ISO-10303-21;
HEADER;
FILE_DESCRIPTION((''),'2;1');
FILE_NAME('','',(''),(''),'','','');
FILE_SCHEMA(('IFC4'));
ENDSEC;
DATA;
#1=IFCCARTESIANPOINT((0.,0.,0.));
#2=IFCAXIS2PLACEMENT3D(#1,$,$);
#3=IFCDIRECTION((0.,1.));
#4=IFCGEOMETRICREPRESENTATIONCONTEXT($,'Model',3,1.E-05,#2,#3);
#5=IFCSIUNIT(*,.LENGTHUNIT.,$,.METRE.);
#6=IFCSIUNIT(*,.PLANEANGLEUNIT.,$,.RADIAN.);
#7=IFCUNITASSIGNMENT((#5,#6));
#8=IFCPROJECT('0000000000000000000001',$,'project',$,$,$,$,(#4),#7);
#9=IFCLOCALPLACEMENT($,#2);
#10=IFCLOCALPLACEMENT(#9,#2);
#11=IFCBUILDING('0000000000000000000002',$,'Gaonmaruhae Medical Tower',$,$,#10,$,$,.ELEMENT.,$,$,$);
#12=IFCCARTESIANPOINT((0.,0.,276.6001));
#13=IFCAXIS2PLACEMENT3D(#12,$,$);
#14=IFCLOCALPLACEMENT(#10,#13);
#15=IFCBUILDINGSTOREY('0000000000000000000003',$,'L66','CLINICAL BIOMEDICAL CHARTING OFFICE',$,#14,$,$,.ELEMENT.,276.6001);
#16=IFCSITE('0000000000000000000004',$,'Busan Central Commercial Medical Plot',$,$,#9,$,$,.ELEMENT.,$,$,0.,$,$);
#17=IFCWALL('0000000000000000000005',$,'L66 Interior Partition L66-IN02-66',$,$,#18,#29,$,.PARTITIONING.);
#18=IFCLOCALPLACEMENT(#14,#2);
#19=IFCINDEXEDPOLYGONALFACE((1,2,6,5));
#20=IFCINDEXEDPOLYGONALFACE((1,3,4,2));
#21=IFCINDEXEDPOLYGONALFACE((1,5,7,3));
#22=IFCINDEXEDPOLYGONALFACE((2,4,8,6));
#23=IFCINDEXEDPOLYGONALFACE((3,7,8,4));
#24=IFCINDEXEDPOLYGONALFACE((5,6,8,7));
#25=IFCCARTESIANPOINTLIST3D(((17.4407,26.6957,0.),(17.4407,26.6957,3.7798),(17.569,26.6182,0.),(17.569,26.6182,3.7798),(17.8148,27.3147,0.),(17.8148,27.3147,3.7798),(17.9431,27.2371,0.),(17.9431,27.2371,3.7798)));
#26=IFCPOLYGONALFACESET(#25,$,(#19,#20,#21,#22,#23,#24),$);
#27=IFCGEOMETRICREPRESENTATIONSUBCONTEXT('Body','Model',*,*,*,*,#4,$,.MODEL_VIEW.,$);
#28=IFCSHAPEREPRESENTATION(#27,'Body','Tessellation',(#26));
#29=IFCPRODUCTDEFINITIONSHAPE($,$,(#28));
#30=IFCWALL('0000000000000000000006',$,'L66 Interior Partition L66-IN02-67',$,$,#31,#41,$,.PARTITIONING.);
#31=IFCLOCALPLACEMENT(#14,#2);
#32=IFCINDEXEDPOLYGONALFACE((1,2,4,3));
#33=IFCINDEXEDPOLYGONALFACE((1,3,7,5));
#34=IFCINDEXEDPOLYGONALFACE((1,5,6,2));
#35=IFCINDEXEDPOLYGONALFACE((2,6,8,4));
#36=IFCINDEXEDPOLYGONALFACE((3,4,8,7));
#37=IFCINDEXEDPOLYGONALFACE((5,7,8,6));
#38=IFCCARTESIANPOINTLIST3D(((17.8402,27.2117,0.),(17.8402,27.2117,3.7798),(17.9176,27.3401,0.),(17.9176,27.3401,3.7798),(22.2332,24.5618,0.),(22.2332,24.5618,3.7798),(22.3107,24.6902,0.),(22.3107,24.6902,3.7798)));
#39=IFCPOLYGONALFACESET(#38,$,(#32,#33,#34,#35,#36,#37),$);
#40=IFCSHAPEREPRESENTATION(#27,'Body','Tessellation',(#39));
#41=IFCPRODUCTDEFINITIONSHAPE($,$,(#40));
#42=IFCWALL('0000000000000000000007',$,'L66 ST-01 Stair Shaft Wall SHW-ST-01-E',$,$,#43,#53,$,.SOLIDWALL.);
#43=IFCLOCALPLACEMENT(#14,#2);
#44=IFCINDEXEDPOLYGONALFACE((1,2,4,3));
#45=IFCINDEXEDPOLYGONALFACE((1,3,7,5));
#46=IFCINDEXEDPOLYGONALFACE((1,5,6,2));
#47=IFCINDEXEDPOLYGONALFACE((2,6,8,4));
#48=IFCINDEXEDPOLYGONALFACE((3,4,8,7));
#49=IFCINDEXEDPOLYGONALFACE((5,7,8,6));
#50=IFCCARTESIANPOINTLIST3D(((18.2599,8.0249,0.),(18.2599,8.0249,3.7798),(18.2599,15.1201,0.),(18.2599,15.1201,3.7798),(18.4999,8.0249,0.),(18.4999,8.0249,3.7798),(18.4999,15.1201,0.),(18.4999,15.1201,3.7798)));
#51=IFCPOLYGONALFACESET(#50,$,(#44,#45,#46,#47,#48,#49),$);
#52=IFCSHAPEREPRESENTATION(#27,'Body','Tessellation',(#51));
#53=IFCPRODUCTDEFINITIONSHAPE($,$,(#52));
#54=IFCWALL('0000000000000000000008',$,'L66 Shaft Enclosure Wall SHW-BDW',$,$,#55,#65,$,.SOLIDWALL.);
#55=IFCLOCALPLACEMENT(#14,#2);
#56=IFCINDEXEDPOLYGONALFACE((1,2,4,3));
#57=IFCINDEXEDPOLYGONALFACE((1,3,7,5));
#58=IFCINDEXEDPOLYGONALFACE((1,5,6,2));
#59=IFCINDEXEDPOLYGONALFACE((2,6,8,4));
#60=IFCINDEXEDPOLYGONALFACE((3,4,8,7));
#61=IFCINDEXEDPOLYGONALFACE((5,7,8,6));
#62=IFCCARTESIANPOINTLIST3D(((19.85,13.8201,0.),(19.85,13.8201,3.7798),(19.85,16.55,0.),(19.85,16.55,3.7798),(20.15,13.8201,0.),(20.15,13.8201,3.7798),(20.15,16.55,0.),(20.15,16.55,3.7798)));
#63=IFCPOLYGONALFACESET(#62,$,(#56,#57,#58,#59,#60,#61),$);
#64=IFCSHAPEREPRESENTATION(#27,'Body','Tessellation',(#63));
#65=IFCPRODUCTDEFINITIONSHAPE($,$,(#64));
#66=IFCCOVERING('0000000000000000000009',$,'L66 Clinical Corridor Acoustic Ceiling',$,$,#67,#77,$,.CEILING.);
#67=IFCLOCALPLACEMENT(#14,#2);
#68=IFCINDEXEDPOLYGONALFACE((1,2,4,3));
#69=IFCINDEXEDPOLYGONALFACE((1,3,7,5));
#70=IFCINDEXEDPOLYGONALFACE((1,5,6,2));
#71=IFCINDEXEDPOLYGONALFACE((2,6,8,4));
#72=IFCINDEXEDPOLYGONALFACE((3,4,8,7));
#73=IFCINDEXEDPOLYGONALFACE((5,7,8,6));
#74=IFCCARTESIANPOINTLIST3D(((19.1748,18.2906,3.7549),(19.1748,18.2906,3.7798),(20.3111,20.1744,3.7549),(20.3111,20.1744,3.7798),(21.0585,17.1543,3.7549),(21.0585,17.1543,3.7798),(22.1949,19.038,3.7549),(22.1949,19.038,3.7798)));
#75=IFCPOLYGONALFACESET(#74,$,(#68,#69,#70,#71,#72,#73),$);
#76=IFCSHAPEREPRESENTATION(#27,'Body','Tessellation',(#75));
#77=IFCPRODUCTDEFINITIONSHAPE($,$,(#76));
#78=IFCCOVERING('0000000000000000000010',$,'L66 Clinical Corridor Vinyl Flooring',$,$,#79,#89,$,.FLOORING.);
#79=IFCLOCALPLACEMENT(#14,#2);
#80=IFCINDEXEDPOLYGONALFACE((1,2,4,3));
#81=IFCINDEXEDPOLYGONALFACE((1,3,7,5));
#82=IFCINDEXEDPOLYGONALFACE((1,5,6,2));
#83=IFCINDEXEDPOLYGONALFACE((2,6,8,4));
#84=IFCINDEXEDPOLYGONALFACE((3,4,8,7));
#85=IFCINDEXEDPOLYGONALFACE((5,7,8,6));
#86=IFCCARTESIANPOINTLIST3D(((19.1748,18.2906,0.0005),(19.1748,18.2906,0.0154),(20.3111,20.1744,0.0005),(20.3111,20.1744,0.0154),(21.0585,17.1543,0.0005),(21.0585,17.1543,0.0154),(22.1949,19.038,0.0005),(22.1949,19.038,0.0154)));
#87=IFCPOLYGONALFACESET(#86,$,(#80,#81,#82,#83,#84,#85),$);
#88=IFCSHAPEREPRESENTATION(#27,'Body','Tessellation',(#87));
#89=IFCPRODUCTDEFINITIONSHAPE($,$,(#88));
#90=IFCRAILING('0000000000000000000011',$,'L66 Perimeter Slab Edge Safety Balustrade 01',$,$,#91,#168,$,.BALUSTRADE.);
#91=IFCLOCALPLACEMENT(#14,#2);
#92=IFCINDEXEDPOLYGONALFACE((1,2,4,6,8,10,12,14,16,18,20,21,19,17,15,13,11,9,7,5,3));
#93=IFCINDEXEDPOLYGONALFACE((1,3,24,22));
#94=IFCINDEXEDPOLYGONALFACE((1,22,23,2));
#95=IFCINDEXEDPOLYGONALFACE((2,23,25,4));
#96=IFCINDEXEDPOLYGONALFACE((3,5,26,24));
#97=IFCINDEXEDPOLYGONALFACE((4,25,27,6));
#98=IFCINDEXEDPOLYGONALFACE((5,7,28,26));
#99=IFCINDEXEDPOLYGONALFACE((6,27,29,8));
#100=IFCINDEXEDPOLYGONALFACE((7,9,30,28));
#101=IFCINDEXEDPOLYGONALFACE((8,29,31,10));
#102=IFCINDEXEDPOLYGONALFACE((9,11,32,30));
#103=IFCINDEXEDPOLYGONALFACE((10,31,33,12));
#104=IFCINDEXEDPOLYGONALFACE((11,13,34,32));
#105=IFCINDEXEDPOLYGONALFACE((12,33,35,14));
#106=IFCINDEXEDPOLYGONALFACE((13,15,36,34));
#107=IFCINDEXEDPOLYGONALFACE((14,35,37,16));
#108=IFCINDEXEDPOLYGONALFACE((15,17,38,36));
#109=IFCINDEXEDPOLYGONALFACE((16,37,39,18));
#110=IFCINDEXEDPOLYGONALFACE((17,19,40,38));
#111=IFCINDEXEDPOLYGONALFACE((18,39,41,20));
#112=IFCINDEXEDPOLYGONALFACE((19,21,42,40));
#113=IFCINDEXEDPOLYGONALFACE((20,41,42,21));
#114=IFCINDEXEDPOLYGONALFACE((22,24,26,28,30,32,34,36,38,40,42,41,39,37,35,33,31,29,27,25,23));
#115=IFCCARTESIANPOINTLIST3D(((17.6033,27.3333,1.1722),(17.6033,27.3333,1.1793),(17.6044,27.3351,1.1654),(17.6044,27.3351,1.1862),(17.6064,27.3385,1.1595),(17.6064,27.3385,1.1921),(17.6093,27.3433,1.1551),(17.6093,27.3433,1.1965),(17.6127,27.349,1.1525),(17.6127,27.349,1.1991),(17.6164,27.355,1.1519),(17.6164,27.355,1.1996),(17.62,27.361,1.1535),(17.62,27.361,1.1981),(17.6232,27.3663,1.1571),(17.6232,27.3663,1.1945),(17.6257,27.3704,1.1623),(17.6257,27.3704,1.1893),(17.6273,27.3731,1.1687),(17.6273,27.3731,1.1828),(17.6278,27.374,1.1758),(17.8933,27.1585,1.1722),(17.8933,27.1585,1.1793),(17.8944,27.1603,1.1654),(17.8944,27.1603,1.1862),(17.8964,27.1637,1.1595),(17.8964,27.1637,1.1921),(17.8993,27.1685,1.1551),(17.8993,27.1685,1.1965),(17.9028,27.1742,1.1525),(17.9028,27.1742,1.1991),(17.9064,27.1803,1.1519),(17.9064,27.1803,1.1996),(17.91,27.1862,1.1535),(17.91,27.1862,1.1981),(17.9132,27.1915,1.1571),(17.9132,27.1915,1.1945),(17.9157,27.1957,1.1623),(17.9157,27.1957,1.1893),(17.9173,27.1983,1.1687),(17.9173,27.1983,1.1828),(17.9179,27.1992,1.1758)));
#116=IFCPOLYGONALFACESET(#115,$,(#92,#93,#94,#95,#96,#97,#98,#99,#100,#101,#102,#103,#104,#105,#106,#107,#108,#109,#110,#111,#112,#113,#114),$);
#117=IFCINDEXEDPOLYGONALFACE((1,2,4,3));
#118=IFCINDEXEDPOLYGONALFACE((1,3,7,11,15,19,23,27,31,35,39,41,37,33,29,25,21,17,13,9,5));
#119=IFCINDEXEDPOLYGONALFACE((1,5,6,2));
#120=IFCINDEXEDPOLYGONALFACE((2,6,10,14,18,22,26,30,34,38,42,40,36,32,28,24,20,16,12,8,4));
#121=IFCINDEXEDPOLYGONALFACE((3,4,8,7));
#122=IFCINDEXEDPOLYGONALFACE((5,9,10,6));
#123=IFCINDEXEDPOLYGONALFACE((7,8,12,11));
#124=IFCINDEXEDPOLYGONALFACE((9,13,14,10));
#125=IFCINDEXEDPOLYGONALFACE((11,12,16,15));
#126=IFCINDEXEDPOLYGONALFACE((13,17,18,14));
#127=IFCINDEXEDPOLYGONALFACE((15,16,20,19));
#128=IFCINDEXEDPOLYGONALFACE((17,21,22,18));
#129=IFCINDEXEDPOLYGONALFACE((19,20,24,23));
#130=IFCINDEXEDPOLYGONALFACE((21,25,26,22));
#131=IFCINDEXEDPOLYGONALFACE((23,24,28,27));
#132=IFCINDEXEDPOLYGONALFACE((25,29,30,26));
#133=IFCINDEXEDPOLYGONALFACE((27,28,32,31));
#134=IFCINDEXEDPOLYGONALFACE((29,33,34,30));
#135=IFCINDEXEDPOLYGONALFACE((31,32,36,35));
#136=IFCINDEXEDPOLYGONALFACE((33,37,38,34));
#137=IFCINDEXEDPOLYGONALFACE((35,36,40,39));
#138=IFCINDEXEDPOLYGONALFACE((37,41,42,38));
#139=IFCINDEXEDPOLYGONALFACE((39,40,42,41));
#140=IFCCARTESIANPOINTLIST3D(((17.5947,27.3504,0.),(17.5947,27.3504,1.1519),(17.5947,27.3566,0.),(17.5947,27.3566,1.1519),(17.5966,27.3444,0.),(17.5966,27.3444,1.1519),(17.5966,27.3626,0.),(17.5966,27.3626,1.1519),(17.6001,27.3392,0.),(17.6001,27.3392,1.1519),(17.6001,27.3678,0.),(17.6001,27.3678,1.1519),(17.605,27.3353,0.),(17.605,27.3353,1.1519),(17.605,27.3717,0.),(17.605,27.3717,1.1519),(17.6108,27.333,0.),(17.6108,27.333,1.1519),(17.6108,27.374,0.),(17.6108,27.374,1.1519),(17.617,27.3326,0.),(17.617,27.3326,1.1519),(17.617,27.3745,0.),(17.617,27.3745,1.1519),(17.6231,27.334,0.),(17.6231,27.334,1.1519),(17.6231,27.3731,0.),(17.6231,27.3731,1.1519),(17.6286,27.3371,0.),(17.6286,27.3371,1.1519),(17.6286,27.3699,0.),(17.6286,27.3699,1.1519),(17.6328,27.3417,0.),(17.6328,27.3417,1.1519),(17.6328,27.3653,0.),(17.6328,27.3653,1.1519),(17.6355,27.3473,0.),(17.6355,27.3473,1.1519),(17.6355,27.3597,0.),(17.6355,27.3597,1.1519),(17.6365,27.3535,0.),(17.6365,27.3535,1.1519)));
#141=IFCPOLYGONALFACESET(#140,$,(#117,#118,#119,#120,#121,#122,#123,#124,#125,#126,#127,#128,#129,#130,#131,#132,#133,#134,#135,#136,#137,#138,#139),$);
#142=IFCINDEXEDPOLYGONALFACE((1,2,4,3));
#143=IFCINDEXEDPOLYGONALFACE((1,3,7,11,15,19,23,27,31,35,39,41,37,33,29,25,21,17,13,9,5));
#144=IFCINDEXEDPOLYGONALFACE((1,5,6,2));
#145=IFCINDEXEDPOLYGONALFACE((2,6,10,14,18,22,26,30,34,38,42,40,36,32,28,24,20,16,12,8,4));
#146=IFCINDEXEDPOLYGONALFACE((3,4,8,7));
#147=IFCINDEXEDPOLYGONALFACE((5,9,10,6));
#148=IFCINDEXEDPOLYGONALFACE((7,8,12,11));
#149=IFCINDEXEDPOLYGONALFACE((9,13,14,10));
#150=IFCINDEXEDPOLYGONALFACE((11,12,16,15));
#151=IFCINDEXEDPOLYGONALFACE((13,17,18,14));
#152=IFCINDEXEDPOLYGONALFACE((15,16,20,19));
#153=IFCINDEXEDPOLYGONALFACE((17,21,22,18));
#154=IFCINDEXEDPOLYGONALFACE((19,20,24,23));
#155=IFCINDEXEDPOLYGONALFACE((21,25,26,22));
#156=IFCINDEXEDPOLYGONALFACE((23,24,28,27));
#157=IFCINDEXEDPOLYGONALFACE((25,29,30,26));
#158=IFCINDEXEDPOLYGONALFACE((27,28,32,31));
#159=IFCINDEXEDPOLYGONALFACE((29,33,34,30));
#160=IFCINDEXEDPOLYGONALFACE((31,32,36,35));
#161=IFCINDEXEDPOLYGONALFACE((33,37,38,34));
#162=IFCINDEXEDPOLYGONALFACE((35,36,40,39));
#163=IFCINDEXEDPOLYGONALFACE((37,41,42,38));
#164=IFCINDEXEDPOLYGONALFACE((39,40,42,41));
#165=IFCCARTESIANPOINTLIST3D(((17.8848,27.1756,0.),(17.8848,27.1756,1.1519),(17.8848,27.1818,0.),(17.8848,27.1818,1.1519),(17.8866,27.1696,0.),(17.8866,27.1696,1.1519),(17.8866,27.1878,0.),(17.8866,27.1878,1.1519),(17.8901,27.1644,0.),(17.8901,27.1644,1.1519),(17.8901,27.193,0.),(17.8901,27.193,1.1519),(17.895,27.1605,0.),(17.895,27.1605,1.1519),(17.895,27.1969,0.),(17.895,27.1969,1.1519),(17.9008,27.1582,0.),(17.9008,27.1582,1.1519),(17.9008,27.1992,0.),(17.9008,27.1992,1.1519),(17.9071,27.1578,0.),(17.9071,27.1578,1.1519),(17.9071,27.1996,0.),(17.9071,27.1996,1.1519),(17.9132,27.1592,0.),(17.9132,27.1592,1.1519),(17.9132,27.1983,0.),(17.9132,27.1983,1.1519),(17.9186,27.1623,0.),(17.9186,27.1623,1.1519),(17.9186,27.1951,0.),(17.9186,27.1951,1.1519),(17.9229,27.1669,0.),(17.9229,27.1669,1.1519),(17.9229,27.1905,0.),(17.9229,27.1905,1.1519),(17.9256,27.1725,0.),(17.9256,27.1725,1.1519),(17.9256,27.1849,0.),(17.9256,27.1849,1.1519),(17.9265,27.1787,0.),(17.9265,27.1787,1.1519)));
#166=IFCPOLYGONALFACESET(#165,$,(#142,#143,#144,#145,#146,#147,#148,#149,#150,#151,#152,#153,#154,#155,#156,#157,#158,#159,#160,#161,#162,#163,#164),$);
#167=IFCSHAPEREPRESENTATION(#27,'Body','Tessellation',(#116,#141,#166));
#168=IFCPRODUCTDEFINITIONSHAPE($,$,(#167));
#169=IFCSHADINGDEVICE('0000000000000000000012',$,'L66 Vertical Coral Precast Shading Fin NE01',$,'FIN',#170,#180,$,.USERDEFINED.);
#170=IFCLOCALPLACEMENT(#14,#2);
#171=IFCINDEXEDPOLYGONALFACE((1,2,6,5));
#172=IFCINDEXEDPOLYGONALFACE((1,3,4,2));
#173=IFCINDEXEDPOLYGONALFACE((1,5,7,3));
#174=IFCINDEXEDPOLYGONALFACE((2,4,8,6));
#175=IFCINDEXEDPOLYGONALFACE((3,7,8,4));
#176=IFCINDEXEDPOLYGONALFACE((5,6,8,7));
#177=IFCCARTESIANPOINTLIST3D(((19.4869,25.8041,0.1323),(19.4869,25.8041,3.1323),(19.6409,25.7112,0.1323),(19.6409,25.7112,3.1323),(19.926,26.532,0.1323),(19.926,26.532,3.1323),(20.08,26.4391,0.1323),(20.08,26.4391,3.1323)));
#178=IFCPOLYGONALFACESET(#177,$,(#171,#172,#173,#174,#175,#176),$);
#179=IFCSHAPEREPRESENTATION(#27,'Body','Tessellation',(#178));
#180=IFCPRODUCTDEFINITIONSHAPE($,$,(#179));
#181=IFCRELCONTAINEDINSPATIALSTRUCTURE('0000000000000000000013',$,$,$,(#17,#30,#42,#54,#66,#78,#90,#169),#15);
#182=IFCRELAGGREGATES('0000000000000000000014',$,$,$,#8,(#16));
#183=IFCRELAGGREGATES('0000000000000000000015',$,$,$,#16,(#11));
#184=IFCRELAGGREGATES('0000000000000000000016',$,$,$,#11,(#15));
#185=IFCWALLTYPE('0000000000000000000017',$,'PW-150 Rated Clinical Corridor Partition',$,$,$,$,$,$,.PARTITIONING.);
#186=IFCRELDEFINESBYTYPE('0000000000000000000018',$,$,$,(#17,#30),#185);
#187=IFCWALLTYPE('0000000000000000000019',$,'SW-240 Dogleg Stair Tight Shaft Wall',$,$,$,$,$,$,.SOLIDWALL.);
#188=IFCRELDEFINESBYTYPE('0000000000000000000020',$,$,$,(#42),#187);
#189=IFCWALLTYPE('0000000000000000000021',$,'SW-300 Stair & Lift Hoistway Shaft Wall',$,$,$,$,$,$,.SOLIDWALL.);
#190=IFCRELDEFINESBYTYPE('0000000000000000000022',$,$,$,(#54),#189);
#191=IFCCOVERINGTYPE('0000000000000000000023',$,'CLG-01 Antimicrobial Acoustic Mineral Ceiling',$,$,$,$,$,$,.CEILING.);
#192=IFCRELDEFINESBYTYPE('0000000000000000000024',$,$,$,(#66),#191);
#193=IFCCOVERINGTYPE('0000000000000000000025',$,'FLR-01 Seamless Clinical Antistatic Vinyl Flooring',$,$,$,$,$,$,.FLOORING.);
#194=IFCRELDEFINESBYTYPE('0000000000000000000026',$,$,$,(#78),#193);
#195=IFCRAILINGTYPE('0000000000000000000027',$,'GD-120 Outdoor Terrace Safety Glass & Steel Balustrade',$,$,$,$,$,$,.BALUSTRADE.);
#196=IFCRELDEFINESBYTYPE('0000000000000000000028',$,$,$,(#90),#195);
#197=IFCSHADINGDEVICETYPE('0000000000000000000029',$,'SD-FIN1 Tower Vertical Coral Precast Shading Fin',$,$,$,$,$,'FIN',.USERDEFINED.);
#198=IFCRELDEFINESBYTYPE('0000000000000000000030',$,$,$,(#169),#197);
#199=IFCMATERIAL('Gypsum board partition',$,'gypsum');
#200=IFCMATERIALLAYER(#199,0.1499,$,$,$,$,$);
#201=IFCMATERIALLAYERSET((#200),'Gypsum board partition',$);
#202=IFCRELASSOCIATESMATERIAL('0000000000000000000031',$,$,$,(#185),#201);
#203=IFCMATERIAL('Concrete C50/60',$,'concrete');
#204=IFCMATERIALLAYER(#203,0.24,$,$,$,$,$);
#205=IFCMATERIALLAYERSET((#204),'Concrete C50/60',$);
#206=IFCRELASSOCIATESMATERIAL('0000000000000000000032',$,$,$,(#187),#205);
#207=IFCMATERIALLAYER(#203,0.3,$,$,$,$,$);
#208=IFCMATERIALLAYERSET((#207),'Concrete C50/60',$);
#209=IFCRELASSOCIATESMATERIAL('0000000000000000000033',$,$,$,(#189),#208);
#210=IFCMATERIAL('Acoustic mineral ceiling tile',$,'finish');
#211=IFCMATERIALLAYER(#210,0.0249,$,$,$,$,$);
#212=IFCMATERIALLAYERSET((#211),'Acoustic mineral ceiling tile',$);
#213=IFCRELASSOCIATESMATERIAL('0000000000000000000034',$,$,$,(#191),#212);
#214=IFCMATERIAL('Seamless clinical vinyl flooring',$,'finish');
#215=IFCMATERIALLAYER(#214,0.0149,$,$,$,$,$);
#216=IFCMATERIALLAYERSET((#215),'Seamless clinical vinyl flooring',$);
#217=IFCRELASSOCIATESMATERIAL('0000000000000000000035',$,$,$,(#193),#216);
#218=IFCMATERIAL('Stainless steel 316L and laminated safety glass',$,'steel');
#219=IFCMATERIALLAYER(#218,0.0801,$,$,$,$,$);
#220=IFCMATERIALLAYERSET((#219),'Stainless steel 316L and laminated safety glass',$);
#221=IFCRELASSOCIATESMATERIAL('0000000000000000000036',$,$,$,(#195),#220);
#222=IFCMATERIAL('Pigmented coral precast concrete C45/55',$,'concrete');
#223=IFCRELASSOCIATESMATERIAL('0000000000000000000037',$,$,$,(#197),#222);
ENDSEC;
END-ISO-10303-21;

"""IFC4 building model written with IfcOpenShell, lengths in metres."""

from ifc_helpers import new_model, si_unit, direction, frame, frame_2d, origin, origin_2d, place, context, subcontext, project, spatial, rectangle, circle, extrude, material, layer, layer_set, type_object, element, save


model = new_model("IFC4")

# Units and contexts
model_context = context("Model", 3, precision=1e-05, world=origin(), true_north=direction((0.0, 1.0)))
body_context = subcontext(model_context, "Body", "Model", "MODEL_VIEW")
ifc_project = project(units=[si_unit("LENGTHUNIT", "METRE"), si_unit("PLANEANGLEUNIT", "RADIAN")], contexts=[model_context])

# Site, building, storey
site_placement = place(None, origin())
site = spatial("IfcSite", under=ifc_project, at=site_placement, Name="Busan Central Commercial Medical Plot", CompositionType="ELEMENT", RefElevation=0.0)
building_placement = place(site_placement, origin())
building = spatial("IfcBuilding", under=site, at=building_placement, Name="Gaonmaruhae Medical Tower", CompositionType="ELEMENT")
storey_placement = place(building_placement, frame((0.0, 0.0, 276.6001)))
storey = spatial("IfcBuildingStorey", under=building, at=storey_placement, Name="L66", Description="CLINICAL BIOMEDICAL CHARTING OFFICE", CompositionType="ELEMENT", Elevation=276.6001)

# Shared definitions
ifc_material_1 = material(Name="Concrete C50/60", Category="concrete")

# Shared definitions
ifc_material_2 = material(Name="Gypsum board partition", Category="gypsum")
ifc_layer_1 = layer(ifc_material_2, 0.1499)
ifc_layer_set_1 = layer_set([ifc_layer_1], Name="Gypsum board partition")
wall_type_1 = type_object("IfcWallType", Name="PW-150 Rated Clinical Corridor Partition", PredefinedType="PARTITIONING", material=ifc_layer_set_1)

# Walls
wall_1_placement = place(storey_placement, frame((17.5049, 26.657, 0.0), z_axis=(0.0, 0.0, 1.0), x_axis=(0.517224, 0.85585, 0.0)))
element("IfcWall", 1, at=wall_1_placement, inside=storey, type_object=wall_type_1, Name="L66 Interior Partition L66-IN02-66", PredefinedType="PARTITIONING", context=body_context, shape_type="SweptSolid", body=[
    extrude(rectangle(XDim=0.7231, YDim=0.1499, at=frame_2d((0.3616, 0.0))), origin(), (0.0, 0.0, 1.0), 3.7798),
])
wall_2_placement = place(storey_placement, frame((17.8789, 27.2759, 0.0), z_axis=(0.0, 0.0, 1.0), x_axis=(0.856281, -0.51651, 0.0)))
element("IfcWall", 2, at=wall_2_placement, inside=storey, type_object=wall_type_1, Name="L66 Interior Partition L66-IN02-67", PredefinedType="PARTITIONING", context=body_context, shape_type="SweptSolid", body=[
    extrude(rectangle(XDim=5.1304, YDim=0.1499, at=frame_2d((2.5652, 0.0))), origin(), (0.0, 0.0, 1.0), 3.7798),
])
ifc_layer_2 = layer(ifc_material_1, 0.24)
ifc_layer_set_2 = layer_set([ifc_layer_2], Name="Concrete C50/60")
wall_type_2 = type_object("IfcWallType", Name="SW-240 Dogleg Stair Tight Shaft Wall", PredefinedType="SOLIDWALL", material=ifc_layer_set_2)
wall_3_placement = place(storey_placement, frame((18.3799, 15.1201, 0.0), z_axis=(0.0, 0.0, 1.0), x_axis=(0.0, -1.0, 0.0)))
element("IfcWall", 3, at=wall_3_placement, inside=storey, type_object=wall_type_2, Name="L66 ST-01 Stair Shaft Wall SHW-ST-01-E", PredefinedType="SOLIDWALL", context=body_context, shape_type="SweptSolid", body=[
    extrude(rectangle(XDim=7.0952, YDim=0.24, at=frame_2d((3.5476, 0.0))), origin(), (0.0, 0.0, 1.0), 3.7798),
])

# Shared definitions
ifc_layer_3 = layer(ifc_material_1, 0.3)
ifc_layer_set_3 = layer_set([ifc_layer_3], Name="Concrete C50/60")
wall_type_3 = type_object("IfcWallType", Name="SW-300 Stair & Lift Hoistway Shaft Wall", PredefinedType="SOLIDWALL", material=ifc_layer_set_3)

# Wall
wall_4_placement = place(storey_placement, frame((20.0, 13.8201, 0.0), z_axis=(0.0, 0.0, 1.0), x_axis=(0.0, 1.0, 0.0)))
element("IfcWall", 4, at=wall_4_placement, inside=storey, type_object=wall_type_3, Name="L66 Shaft Enclosure Wall SHW-BDW", PredefinedType="SOLIDWALL", context=body_context, shape_type="SweptSolid", body=[
    extrude(rectangle(XDim=2.73, YDim=0.3, at=frame_2d((1.365, 0.0))), origin(), (0.0, 0.0, 1.0), 3.7798),
])

# Coverings
ifc_material_3 = material(Name="Acoustic mineral ceiling tile", Category="finish")
ifc_layer_4 = layer(ifc_material_3, 0.0249)
ifc_layer_set_4 = layer_set([ifc_layer_4], Name="Acoustic mineral ceiling tile")
covering_type_1 = type_object("IfcCoveringType", Name="CLG-01 Antimicrobial Acoustic Mineral Ceiling", PredefinedType="CEILING", material=ifc_layer_set_4)
covering_1_placement = place(storey_placement, frame((20.6848, 18.6643, 3.7549), z_axis=(0.0, 0.0, 1.0), x_axis=(0.516533, 0.856267, 0.0)))
element("IfcCovering", 5, at=covering_1_placement, inside=storey, type_object=covering_type_1, Name="L66 Clinical Corridor Acoustic Ceiling", PredefinedType="CEILING", context=body_context, shape_type="SweptSolid", body=[
    extrude(rectangle(XDim=2.2, YDim=2.2, at=origin_2d()), origin(), (0.0, 0.0, 1.0), 0.0249),
])
ifc_material_4 = material(Name="Seamless clinical vinyl flooring", Category="finish")
ifc_layer_5 = layer(ifc_material_4, 0.0149)
ifc_layer_set_5 = layer_set([ifc_layer_5], Name="Seamless clinical vinyl flooring")
covering_type_2 = type_object("IfcCoveringType", Name="FLR-01 Seamless Clinical Antistatic Vinyl Flooring", PredefinedType="FLOORING", material=ifc_layer_set_5)
covering_2_placement = place(storey_placement, frame((20.6848, 18.6643, 0.0005), z_axis=(0.0, 0.0, 1.0), x_axis=(0.516533, 0.856267, 0.0)))
element("IfcCovering", 6, at=covering_2_placement, inside=storey, type_object=covering_type_2, Name="L66 Clinical Corridor Vinyl Flooring", PredefinedType="FLOORING", context=body_context, shape_type="SweptSolid", body=[
    extrude(rectangle(XDim=2.2, YDim=2.2, at=origin_2d()), origin(), (0.0, 0.0, 1.0), 0.0149),
])

# Railing
ifc_material_5 = material(Name="Stainless steel 316L and laminated safety glass", Category="steel")
ifc_layer_6 = layer(ifc_material_5, 0.0801)
ifc_layer_set_6 = layer_set([ifc_layer_6], Name="Stainless steel 316L and laminated safety glass")
railing_type_1 = type_object("IfcRailingType", Name="GD-120 Outdoor Terrace Safety Glass & Steel Balustrade", PredefinedType="BALUSTRADE", material=ifc_layer_set_6)
railing_1_placement = place(storey_placement, frame((17.6155, 27.3535, 0.0)))
element("IfcRailing", 7, at=railing_1_placement, inside=storey, type_object=railing_type_1, Name="L66 Perimeter Slab Edge Safety Balustrade 01", PredefinedType="BALUSTRADE", context=body_context, shape_type="SweptSolid", body=[
    extrude(circle(Radius=0.0239, at=origin_2d()), frame((0.0, 0.0, 1.1758), z_axis=(0.856473, -0.516191, 0.0), x_axis=(0.516191, 0.856473, 0.0)), (0.0, 0.0, 1.0), 0.3386),
    extrude(circle(Radius=0.021, at=origin_2d()), origin(), (0.0, 0.0, 1.0), 1.1519),
    extrude(circle(Radius=0.021, at=origin_2d()), frame((0.29, -0.1748, 0.0)), (0.0, 0.0, 1.0), 1.1519),
])

# Shading device
ifc_material_6 = material(Name="Pigmented coral precast concrete C45/55", Category="concrete")
shading_device_type = type_object("IfcShadingDeviceType", Name="SD-FIN1 Tower Vertical Coral Precast Shading Fin", ElementType="FIN", PredefinedType="USERDEFINED", material=ifc_material_6)
shading_device_placement = place(storey_placement, frame((19.7834, 26.1216, 0.1323), z_axis=(0.0, 0.0, 1.0), x_axis=(0.856267, -0.516533, 0.0)))
element("IfcShadingDevice", 8, at=shading_device_placement, inside=storey, type_object=shading_device_type, Name="L66 Vertical Coral Precast Shading Fin NE01", ObjectType="FIN", PredefinedType="USERDEFINED", context=body_context, shape_type="SweptSolid", body=[
    extrude(rectangle(XDim=0.1799, YDim=0.8501, at=origin_2d()), origin(), (0.0, 0.0, 1.0), 3.0),
])

save(model, "model.ifc")
